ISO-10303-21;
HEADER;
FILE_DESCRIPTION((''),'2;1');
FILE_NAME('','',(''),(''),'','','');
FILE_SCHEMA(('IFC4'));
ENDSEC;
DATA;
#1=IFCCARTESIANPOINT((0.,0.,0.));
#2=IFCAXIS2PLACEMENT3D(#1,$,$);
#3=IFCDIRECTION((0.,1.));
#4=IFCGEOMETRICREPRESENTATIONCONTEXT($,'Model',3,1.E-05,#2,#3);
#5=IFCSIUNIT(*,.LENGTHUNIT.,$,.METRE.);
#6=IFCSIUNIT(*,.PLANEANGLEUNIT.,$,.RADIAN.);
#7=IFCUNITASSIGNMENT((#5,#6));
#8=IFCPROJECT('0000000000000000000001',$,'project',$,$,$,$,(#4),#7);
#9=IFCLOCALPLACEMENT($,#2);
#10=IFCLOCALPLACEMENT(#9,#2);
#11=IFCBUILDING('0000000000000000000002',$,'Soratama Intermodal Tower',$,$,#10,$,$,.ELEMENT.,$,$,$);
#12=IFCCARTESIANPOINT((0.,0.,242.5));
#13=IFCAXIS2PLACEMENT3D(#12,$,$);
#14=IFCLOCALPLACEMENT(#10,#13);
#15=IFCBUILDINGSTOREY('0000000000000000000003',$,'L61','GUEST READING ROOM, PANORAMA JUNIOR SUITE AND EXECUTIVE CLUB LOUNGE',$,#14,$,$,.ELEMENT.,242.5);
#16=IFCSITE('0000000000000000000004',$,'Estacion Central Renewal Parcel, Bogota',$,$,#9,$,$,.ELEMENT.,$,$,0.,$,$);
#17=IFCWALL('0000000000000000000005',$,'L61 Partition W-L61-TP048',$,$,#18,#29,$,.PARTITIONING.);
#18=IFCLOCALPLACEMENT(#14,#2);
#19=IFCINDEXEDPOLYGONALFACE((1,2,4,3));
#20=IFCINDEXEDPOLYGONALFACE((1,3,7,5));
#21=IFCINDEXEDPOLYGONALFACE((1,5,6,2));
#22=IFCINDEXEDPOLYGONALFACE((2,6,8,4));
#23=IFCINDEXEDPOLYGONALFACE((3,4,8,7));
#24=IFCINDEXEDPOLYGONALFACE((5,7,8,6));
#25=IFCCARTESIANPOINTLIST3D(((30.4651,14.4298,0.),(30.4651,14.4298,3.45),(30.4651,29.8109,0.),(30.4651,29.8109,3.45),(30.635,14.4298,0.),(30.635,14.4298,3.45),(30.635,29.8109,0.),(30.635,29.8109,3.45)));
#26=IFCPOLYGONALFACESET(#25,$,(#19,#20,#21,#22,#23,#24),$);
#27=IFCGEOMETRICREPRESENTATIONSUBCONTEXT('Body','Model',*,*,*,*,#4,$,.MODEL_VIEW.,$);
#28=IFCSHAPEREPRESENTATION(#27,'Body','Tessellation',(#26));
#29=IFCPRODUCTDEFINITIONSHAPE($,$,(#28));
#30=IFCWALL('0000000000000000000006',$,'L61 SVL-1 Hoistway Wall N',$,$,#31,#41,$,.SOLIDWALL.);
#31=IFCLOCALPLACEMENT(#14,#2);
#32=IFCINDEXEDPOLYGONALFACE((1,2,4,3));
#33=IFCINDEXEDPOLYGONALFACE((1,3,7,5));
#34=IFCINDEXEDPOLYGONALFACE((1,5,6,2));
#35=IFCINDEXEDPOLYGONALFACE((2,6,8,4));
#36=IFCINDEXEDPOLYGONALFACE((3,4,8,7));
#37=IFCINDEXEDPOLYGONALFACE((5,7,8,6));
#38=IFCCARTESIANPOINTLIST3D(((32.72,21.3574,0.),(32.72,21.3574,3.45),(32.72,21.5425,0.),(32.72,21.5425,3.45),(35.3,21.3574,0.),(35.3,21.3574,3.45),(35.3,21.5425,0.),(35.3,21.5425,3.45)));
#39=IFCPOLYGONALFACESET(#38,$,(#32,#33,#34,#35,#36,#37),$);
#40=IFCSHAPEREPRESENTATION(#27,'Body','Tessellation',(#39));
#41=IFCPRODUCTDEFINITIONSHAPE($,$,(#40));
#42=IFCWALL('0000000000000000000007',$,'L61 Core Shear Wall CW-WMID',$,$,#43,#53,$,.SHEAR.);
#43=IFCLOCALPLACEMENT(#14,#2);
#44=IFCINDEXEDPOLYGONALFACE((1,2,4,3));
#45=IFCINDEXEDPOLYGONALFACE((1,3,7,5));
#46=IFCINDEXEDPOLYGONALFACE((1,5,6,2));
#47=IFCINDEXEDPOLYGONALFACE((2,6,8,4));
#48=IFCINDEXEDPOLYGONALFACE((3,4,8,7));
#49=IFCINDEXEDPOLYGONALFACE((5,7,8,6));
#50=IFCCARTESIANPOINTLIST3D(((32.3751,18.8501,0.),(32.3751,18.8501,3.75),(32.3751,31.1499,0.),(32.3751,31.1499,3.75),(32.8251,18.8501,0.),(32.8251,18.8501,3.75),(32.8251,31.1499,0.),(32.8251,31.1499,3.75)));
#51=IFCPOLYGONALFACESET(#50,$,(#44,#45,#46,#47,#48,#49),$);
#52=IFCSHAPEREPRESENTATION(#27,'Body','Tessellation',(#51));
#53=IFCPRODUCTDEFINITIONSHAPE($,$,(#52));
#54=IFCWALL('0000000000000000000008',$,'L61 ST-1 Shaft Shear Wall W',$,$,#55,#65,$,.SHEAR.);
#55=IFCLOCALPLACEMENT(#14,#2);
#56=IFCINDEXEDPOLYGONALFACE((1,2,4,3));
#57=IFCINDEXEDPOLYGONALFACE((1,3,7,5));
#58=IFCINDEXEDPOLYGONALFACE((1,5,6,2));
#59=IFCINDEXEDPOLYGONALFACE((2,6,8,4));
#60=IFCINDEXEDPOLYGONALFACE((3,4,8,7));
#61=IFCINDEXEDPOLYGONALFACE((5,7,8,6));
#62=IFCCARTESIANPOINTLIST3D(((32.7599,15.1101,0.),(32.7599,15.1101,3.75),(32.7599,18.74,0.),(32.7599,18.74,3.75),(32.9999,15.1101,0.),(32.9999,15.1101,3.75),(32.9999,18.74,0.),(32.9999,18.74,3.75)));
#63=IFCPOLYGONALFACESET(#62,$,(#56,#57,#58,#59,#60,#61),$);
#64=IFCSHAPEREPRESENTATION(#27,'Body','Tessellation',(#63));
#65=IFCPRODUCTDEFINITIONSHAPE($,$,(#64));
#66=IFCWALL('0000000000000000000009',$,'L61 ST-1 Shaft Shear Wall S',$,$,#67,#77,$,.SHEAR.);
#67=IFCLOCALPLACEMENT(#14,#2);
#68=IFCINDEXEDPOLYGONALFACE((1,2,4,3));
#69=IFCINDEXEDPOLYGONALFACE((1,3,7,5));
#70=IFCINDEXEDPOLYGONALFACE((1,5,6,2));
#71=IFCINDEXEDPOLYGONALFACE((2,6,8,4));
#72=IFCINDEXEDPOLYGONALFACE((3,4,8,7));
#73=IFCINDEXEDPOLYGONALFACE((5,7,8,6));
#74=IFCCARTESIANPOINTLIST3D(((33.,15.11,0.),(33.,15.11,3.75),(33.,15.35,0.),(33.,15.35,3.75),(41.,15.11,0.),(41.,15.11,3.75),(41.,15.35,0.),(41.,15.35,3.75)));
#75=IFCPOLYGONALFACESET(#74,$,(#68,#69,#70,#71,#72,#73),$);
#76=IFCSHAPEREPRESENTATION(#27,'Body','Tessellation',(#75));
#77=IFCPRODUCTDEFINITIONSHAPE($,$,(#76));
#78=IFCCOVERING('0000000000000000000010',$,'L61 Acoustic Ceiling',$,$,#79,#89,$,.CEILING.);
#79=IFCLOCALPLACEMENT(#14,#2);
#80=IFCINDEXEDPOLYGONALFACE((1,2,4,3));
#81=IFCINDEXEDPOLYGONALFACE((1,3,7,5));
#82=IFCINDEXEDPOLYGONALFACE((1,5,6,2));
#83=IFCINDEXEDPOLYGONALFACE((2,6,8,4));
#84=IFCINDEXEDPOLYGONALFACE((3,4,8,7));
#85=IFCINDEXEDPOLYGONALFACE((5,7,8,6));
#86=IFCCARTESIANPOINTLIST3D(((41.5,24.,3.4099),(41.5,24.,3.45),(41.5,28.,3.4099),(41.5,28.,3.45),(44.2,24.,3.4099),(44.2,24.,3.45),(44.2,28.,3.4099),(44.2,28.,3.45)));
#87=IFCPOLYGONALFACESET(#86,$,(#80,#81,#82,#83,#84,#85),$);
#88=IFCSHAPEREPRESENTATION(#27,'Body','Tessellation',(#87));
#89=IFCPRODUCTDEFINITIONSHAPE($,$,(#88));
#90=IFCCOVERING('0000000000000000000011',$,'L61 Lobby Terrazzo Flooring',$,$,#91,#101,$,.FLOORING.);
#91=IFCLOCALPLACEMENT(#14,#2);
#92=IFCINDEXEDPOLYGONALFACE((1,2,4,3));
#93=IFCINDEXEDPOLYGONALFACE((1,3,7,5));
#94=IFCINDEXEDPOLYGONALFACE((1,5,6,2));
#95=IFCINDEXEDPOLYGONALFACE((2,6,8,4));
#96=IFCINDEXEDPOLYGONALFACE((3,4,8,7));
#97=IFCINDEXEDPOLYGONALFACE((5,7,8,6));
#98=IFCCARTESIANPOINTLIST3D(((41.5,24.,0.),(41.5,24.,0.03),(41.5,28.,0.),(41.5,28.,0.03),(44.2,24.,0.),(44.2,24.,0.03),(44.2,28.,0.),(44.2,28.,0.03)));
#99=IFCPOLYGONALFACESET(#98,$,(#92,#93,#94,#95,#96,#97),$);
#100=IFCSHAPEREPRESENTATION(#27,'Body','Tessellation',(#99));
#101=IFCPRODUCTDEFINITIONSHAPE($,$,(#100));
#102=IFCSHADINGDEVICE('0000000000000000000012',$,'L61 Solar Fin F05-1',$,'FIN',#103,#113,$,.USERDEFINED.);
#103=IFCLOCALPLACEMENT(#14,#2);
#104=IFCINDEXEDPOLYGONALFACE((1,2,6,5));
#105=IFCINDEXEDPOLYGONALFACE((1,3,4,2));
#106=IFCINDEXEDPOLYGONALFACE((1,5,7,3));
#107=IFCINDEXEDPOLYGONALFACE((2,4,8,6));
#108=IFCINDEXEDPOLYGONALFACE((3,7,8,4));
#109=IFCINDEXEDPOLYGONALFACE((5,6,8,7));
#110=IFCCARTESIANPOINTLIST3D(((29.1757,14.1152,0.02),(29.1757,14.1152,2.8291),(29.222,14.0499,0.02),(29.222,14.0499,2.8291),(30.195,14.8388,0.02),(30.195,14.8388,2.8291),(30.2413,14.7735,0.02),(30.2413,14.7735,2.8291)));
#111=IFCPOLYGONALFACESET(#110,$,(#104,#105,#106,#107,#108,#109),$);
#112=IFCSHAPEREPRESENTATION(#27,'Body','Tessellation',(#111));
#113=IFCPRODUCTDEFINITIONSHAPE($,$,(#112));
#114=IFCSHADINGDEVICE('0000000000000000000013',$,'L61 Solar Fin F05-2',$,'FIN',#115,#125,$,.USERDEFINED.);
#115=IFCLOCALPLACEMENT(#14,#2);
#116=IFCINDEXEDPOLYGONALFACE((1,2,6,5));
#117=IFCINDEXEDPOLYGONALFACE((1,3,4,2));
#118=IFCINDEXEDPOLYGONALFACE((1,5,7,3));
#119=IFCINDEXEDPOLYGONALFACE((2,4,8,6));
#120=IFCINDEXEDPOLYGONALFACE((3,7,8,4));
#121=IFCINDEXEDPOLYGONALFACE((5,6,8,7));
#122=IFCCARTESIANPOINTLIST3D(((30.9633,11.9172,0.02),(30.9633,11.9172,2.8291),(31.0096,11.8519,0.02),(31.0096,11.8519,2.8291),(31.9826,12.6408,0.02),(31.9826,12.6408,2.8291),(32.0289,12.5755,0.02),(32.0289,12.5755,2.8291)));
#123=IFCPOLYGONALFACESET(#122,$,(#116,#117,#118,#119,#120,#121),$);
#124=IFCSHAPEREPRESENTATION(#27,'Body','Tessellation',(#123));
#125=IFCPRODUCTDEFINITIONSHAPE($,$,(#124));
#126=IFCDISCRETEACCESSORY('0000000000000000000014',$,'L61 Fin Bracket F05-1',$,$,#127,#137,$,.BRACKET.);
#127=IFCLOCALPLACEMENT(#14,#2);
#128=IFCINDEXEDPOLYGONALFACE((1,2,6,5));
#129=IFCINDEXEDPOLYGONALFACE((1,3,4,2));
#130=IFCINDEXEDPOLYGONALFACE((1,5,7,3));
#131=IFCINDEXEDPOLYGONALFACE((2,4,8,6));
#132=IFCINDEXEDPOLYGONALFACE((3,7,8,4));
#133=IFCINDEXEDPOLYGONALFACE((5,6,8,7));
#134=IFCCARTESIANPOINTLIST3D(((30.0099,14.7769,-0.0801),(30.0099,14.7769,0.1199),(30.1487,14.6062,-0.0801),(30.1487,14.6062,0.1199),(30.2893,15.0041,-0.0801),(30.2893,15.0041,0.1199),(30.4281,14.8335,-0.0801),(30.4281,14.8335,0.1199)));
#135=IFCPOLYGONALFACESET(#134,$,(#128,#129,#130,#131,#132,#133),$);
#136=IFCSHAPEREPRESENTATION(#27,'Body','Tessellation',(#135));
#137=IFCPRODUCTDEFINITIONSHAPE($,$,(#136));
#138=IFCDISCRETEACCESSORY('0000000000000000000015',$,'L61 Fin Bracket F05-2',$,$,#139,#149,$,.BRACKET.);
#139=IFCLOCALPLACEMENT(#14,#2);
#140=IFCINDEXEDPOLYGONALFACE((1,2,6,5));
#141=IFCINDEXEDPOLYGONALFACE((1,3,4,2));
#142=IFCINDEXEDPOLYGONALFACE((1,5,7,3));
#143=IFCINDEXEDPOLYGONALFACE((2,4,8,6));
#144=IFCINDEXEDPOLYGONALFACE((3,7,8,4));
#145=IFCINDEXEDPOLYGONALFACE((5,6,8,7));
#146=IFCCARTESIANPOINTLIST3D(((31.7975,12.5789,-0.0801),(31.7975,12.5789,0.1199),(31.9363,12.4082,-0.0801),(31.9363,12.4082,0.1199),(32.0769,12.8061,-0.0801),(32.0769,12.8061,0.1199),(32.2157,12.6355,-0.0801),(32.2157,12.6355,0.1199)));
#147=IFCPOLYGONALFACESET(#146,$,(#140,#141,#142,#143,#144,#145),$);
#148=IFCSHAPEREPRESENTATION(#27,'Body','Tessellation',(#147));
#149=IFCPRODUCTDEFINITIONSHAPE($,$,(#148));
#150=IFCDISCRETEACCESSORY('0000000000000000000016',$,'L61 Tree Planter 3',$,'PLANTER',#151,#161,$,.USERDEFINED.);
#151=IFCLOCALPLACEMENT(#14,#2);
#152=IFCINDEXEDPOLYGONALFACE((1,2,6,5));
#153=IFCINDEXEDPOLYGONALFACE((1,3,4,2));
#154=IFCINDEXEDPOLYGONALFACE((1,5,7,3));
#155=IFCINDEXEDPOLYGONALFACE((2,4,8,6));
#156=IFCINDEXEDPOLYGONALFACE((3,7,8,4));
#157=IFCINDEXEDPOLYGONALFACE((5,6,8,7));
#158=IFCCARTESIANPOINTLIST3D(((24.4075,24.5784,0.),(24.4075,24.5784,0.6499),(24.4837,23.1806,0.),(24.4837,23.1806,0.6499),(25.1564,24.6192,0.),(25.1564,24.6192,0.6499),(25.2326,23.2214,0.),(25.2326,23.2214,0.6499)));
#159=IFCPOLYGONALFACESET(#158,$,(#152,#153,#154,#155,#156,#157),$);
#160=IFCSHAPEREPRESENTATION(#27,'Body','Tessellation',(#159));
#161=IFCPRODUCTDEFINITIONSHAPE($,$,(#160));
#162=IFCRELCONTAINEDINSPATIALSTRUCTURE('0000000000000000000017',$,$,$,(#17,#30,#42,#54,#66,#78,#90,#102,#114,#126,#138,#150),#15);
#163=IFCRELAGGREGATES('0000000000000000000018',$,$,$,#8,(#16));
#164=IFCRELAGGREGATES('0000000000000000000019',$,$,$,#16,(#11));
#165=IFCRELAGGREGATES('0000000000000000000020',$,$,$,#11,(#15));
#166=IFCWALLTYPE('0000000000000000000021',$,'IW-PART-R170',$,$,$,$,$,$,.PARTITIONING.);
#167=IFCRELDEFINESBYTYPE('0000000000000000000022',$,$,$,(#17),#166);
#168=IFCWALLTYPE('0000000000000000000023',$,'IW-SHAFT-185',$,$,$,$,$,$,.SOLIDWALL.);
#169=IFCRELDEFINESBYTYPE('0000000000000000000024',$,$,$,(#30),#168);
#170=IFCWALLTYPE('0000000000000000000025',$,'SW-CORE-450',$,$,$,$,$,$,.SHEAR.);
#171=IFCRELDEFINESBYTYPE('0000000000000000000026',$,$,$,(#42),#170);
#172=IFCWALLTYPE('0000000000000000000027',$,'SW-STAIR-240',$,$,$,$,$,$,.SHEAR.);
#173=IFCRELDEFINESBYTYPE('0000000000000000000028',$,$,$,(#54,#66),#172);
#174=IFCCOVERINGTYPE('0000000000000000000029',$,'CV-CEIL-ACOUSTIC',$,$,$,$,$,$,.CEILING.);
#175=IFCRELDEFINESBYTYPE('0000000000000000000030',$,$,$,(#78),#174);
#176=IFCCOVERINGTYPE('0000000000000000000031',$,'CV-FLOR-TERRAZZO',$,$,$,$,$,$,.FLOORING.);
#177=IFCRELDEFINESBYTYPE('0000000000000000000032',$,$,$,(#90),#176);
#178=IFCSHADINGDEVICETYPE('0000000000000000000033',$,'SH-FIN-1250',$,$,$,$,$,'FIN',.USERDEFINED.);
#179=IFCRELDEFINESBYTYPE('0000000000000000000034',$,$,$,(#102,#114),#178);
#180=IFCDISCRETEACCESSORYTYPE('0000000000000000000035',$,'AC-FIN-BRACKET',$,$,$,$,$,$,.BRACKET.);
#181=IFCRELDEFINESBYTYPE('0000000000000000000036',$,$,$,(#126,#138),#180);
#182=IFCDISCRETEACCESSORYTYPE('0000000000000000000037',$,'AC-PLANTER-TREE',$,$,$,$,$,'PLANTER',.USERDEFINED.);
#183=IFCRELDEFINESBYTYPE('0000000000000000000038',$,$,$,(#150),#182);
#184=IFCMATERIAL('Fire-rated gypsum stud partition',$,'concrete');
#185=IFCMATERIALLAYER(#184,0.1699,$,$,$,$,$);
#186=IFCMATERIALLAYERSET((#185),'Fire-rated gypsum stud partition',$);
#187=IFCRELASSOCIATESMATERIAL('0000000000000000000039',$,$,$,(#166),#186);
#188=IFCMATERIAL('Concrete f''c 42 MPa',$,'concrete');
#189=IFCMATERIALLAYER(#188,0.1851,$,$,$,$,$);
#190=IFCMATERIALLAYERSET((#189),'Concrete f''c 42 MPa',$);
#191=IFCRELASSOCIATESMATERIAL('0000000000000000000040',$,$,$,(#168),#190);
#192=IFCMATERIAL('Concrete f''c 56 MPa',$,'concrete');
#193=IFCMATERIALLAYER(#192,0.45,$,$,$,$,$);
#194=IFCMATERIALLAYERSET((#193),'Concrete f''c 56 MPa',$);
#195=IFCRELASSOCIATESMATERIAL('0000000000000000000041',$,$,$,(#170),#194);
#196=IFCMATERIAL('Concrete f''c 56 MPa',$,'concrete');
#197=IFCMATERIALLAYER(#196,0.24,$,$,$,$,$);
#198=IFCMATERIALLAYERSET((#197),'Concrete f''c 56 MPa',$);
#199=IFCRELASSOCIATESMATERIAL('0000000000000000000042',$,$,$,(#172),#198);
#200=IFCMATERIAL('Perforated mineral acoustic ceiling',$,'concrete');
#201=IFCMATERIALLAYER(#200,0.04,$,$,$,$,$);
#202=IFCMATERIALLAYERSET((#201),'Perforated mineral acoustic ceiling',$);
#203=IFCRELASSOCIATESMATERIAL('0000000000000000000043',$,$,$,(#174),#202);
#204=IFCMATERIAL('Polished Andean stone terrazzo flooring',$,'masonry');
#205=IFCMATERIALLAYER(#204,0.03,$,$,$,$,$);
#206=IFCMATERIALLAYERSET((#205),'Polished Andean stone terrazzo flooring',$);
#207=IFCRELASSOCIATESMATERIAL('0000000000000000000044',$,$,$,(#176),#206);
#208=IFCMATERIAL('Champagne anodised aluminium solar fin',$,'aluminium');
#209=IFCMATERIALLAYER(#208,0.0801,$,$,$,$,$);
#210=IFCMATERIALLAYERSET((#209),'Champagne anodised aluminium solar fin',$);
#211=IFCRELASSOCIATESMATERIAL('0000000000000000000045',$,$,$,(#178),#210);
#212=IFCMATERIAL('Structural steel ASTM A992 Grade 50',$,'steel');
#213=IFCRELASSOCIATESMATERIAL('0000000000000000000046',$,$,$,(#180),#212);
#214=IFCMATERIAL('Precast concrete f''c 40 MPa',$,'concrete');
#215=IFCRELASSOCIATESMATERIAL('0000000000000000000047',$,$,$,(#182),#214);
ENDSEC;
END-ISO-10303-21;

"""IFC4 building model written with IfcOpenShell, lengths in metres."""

from ifc_helpers import new_model, si_unit, direction, frame, frame_2d, origin, origin_2d, place, context, subcontext, project, spatial, polyline, rectangle, outline, extrude, material, layer, layer_set, type_object, element, save


model = new_model("IFC4")

# Units and contexts
model_context = context("Model", 3, precision=1e-05, world=origin(), true_north=direction((0.0, 1.0)))
body_context = subcontext(model_context, "Body", "Model", "MODEL_VIEW")
ifc_project = project(units=[si_unit("LENGTHUNIT", "METRE"), si_unit("PLANEANGLEUNIT", "RADIAN")], contexts=[model_context])

# Site, building, storey
site_placement = place(None, origin())
site = spatial("IfcSite", under=ifc_project, at=site_placement, Name="Estacion Central Renewal Parcel, Bogota", CompositionType="ELEMENT", RefElevation=0.0)
building_placement = place(site_placement, origin())
building = spatial("IfcBuilding", under=site, at=building_placement, Name="Soratama Intermodal Tower", CompositionType="ELEMENT")
storey_placement = place(building_placement, frame((0.0, 0.0, 242.5)))
storey = spatial("IfcBuildingStorey", under=building, at=storey_placement, Name="L61", Description="GUEST READING ROOM, PANORAMA JUNIOR SUITE AND EXECUTIVE CLUB LOUNGE", CompositionType="ELEMENT", Elevation=242.5)

# Shared definitions
ifc_material_1 = material(Name="Fire-rated gypsum stud partition", Category="concrete")
ifc_layer_1 = layer(ifc_material_1, 0.1699)
ifc_layer_set_1 = layer_set([ifc_layer_1], Name="Fire-rated gypsum stud partition")
wall_type_1 = type_object("IfcWallType", Name="IW-PART-R170", PredefinedType="PARTITIONING", material=ifc_layer_set_1)

# Walls
wall_1_placement = place(storey_placement, frame((30.55, 14.4299, 0.0), z_axis=(0.0, 0.0, 1.0), x_axis=(0.0, 1.0, 0.0)))
element("IfcWall", 1, at=wall_1_placement, inside=storey, type_object=wall_type_1, Name="L61 Partition W-L61-TP048", PredefinedType="PARTITIONING", context=body_context, shape_type="SweptSolid", body=[
    extrude(rectangle(XDim=15.3811, YDim=0.1699, at=frame_2d((7.6904, 0.0))), origin(), (0.0, 0.0, 1.0), 3.45),
])
ifc_material_2 = material(Name="Concrete f'c 42 MPa", Category="concrete")
ifc_layer_2 = layer(ifc_material_2, 0.1851)
ifc_layer_set_2 = layer_set([ifc_layer_2], Name="Concrete f'c 42 MPa")
wall_type_2 = type_object("IfcWallType", Name="IW-SHAFT-185", PredefinedType="SOLIDWALL", material=ifc_layer_set_2)
wall_2_placement = place(storey_placement, frame((32.72, 21.45, 0.0), z_axis=(0.0, 0.0, 1.0), x_axis=(1.0, 0.0, 0.0)))
element("IfcWall", 2, at=wall_2_placement, inside=storey, type_object=wall_type_2, Name="L61 SVL-1 Hoistway Wall N", PredefinedType="SOLIDWALL", context=body_context, shape_type="SweptSolid", body=[
    extrude(rectangle(XDim=2.5801, YDim=0.1851, at=frame_2d((1.29, 0.0))), origin(), (0.0, 0.0, 1.0), 3.45),
])
ifc_material_3 = material(Name="Concrete f'c 56 MPa", Category="concrete")
ifc_layer_3 = layer(ifc_material_3, 0.45)
ifc_layer_set_3 = layer_set([ifc_layer_3], Name="Concrete f'c 56 MPa")
wall_type_3 = type_object("IfcWallType", Name="SW-CORE-450", PredefinedType="SHEAR", material=ifc_layer_set_3)
wall_3_placement = place(storey_placement, frame((32.6001, 18.8501, 0.0), z_axis=(0.0, 0.0, 1.0), x_axis=(0.0, 1.0, 0.0)))
element("IfcWall", 3, at=wall_3_placement, inside=storey, type_object=wall_type_3, Name="L61 Core Shear Wall CW-WMID", PredefinedType="SHEAR", context=body_context, shape_type="SweptSolid", body=[
    extrude(rectangle(XDim=12.2998, YDim=0.45, at=frame_2d((6.1499, 0.0))), origin(), (0.0, 0.0, 1.0), 3.75),
])
ifc_material_4 = material(Name="Concrete f'c 56 MPa", Category="concrete")
ifc_layer_4 = layer(ifc_material_4, 0.24)
ifc_layer_set_4 = layer_set([ifc_layer_4], Name="Concrete f'c 56 MPa")
wall_type_4 = type_object("IfcWallType", Name="SW-STAIR-240", PredefinedType="SHEAR", material=ifc_layer_set_4)
wall_4_placement = place(storey_placement, frame((32.8799, 15.1101, 0.0), z_axis=(0.0, 0.0, 1.0), x_axis=(0.0, 1.0, 0.0)))
element("IfcWall", 4, at=wall_4_placement, inside=storey, type_object=wall_type_4, Name="L61 ST-1 Shaft Shear Wall W", PredefinedType="SHEAR", context=body_context, shape_type="SweptSolid", body=[
    extrude(rectangle(XDim=3.6299, YDim=0.24, at=frame_2d((1.8149, 0.0))), origin(), (0.0, 0.0, 1.0), 3.75),
])
wall_5_placement = place(storey_placement, frame((33.0, 15.23, 0.0), z_axis=(0.0, 0.0, 1.0), x_axis=(1.0, 0.0, 0.0)))
element("IfcWall", 5, at=wall_5_placement, inside=storey, type_object=wall_type_4, Name="L61 ST-1 Shaft Shear Wall S", PredefinedType="SHEAR", context=body_context, shape_type="SweptSolid", body=[
    extrude(rectangle(XDim=8.0, YDim=0.24, at=frame_2d((4.0, 0.0))), origin(), (0.0, 0.0, 1.0), 3.75),
])

# Coverings
ifc_material_5 = material(Name="Perforated mineral acoustic ceiling", Category="concrete")
ifc_layer_5 = layer(ifc_material_5, 0.04)
ifc_layer_set_5 = layer_set([ifc_layer_5], Name="Perforated mineral acoustic ceiling")
covering_type_1 = type_object("IfcCoveringType", Name="CV-CEIL-ACOUSTIC", PredefinedType="CEILING", material=ifc_layer_set_5)
covering_1_placement = place(storey_placement, frame((0.0, 0.0, 3.4099)))
element("IfcCovering", 6, at=covering_1_placement, inside=storey, type_object=covering_type_1, Name="L61 Acoustic Ceiling", PredefinedType="CEILING", context=body_context, shape_type="SweptSolid", body=[
    extrude(outline(polyline([(41.5, 24.0), (44.2, 24.0), (44.2, 28.0), (41.5, 28.0), (41.5, 24.0)])), origin(), (0.0, 0.0, 1.0), 0.04),
])
ifc_material_6 = material(Name="Polished Andean stone terrazzo flooring", Category="masonry")
ifc_layer_6 = layer(ifc_material_6, 0.03)
ifc_layer_set_6 = layer_set([ifc_layer_6], Name="Polished Andean stone terrazzo flooring")
covering_type_2 = type_object("IfcCoveringType", Name="CV-FLOR-TERRAZZO", PredefinedType="FLOORING", material=ifc_layer_set_6)
covering_2_placement = place(storey_placement, origin())
element("IfcCovering", 7, at=covering_2_placement, inside=storey, type_object=covering_type_2, Name="L61 Lobby Terrazzo Flooring", PredefinedType="FLOORING", context=body_context, shape_type="SweptSolid", body=[
    extrude(outline(polyline([(41.5, 24.0), (44.2, 24.0), (44.2, 28.0), (41.5, 28.0), (41.5, 24.0)])), origin(), (0.0, 0.0, 1.0), 0.03),
])

# Shading devices
ifc_material_7 = material(Name="Champagne anodised aluminium solar fin", Category="aluminium")
ifc_layer_7 = layer(ifc_material_7, 0.0801)
ifc_layer_set_7 = layer_set([ifc_layer_7], Name="Champagne anodised aluminium solar fin")
shading_device_type = type_object("IfcShadingDeviceType", Name="SH-FIN-1250", ElementType="FIN", PredefinedType="USERDEFINED", material=ifc_layer_set_7)
for number, where, z_axis, x_axis, name in (
    (8, (29.7085, 14.4443, 0.02), (0.0, 0.0, 1.0), (-0.815431, -0.578854, 0.0), "L61 Solar Fin F05-1"),
    (9, (31.4961, 12.2463, 0.02), (0.0, 0.0, 1.0), (-0.815431, -0.578854, 0.0), "L61 Solar Fin F05-2"),
):
    element("IfcShadingDevice", number, at=place(storey_placement, frame(where, z_axis=z_axis, x_axis=x_axis)), inside=storey, type_object=shading_device_type, Name=name, ObjectType="FIN", PredefinedType="USERDEFINED", context=body_context, shape_type="SweptSolid", body=[
        extrude(rectangle(XDim=1.25, YDim=0.0801, at=origin_2d()), origin(), (0.0, 0.0, 1.0), 2.8091),
    ])

# Discrete accessories
ifc_material_8 = material(Name="Structural steel ASTM A992 Grade 50", Category="steel")
discrete_accessory_type_1 = type_object("IfcDiscreteAccessoryType", Name="AC-FIN-BRACKET", PredefinedType="BRACKET", material=ifc_material_8)
for number, where, z_axis, x_axis, name in (
    (10, (30.219, 14.8052, -0.0801), (0.0, 0.0, 1.0), (-0.775826, -0.630947, 0.0), "L61 Fin Bracket F05-1"),
    (11, (32.0066, 12.6072, -0.0801), (0.0, 0.0, 1.0), (-0.775826, -0.630947, 0.0), "L61 Fin Bracket F05-2"),
):
    element("IfcDiscreteAccessory", number, at=place(storey_placement, frame(where, z_axis=z_axis, x_axis=x_axis)), inside=storey, type_object=discrete_accessory_type_1, Name=name, PredefinedType="BRACKET", context=body_context, shape_type="SweptSolid", body=[
        extrude(rectangle(XDim=0.3601, YDim=0.22, at=origin_2d()), origin(), (0.0, 0.0, 1.0), 0.2),
    ])
ifc_material_9 = material(Name="Precast concrete f'c 40 MPa", Category="concrete")
discrete_accessory_type_2 = type_object("IfcDiscreteAccessoryType", Name="AC-PLANTER-TREE", ElementType="PLANTER", PredefinedType="USERDEFINED", material=ifc_material_9)
discrete_accessory_placement = place(storey_placement, frame((24.8201, 23.8999, 0.0), z_axis=(0.0, 0.0, 1.0), x_axis=(-0.998518, -0.054427, 0.0)))
element("IfcDiscreteAccessory", 12, at=discrete_accessory_placement, inside=storey, type_object=discrete_accessory_type_2, Name="L61 Tree Planter 3", ObjectType="PLANTER", PredefinedType="USERDEFINED", context=body_context, shape_type="SweptSolid", body=[
    extrude(rectangle(XDim=0.75, YDim=1.3999, at=origin_2d()), origin(), (0.0, 0.0, 1.0), 0.6499),
])

save(model, "model.ifc")
